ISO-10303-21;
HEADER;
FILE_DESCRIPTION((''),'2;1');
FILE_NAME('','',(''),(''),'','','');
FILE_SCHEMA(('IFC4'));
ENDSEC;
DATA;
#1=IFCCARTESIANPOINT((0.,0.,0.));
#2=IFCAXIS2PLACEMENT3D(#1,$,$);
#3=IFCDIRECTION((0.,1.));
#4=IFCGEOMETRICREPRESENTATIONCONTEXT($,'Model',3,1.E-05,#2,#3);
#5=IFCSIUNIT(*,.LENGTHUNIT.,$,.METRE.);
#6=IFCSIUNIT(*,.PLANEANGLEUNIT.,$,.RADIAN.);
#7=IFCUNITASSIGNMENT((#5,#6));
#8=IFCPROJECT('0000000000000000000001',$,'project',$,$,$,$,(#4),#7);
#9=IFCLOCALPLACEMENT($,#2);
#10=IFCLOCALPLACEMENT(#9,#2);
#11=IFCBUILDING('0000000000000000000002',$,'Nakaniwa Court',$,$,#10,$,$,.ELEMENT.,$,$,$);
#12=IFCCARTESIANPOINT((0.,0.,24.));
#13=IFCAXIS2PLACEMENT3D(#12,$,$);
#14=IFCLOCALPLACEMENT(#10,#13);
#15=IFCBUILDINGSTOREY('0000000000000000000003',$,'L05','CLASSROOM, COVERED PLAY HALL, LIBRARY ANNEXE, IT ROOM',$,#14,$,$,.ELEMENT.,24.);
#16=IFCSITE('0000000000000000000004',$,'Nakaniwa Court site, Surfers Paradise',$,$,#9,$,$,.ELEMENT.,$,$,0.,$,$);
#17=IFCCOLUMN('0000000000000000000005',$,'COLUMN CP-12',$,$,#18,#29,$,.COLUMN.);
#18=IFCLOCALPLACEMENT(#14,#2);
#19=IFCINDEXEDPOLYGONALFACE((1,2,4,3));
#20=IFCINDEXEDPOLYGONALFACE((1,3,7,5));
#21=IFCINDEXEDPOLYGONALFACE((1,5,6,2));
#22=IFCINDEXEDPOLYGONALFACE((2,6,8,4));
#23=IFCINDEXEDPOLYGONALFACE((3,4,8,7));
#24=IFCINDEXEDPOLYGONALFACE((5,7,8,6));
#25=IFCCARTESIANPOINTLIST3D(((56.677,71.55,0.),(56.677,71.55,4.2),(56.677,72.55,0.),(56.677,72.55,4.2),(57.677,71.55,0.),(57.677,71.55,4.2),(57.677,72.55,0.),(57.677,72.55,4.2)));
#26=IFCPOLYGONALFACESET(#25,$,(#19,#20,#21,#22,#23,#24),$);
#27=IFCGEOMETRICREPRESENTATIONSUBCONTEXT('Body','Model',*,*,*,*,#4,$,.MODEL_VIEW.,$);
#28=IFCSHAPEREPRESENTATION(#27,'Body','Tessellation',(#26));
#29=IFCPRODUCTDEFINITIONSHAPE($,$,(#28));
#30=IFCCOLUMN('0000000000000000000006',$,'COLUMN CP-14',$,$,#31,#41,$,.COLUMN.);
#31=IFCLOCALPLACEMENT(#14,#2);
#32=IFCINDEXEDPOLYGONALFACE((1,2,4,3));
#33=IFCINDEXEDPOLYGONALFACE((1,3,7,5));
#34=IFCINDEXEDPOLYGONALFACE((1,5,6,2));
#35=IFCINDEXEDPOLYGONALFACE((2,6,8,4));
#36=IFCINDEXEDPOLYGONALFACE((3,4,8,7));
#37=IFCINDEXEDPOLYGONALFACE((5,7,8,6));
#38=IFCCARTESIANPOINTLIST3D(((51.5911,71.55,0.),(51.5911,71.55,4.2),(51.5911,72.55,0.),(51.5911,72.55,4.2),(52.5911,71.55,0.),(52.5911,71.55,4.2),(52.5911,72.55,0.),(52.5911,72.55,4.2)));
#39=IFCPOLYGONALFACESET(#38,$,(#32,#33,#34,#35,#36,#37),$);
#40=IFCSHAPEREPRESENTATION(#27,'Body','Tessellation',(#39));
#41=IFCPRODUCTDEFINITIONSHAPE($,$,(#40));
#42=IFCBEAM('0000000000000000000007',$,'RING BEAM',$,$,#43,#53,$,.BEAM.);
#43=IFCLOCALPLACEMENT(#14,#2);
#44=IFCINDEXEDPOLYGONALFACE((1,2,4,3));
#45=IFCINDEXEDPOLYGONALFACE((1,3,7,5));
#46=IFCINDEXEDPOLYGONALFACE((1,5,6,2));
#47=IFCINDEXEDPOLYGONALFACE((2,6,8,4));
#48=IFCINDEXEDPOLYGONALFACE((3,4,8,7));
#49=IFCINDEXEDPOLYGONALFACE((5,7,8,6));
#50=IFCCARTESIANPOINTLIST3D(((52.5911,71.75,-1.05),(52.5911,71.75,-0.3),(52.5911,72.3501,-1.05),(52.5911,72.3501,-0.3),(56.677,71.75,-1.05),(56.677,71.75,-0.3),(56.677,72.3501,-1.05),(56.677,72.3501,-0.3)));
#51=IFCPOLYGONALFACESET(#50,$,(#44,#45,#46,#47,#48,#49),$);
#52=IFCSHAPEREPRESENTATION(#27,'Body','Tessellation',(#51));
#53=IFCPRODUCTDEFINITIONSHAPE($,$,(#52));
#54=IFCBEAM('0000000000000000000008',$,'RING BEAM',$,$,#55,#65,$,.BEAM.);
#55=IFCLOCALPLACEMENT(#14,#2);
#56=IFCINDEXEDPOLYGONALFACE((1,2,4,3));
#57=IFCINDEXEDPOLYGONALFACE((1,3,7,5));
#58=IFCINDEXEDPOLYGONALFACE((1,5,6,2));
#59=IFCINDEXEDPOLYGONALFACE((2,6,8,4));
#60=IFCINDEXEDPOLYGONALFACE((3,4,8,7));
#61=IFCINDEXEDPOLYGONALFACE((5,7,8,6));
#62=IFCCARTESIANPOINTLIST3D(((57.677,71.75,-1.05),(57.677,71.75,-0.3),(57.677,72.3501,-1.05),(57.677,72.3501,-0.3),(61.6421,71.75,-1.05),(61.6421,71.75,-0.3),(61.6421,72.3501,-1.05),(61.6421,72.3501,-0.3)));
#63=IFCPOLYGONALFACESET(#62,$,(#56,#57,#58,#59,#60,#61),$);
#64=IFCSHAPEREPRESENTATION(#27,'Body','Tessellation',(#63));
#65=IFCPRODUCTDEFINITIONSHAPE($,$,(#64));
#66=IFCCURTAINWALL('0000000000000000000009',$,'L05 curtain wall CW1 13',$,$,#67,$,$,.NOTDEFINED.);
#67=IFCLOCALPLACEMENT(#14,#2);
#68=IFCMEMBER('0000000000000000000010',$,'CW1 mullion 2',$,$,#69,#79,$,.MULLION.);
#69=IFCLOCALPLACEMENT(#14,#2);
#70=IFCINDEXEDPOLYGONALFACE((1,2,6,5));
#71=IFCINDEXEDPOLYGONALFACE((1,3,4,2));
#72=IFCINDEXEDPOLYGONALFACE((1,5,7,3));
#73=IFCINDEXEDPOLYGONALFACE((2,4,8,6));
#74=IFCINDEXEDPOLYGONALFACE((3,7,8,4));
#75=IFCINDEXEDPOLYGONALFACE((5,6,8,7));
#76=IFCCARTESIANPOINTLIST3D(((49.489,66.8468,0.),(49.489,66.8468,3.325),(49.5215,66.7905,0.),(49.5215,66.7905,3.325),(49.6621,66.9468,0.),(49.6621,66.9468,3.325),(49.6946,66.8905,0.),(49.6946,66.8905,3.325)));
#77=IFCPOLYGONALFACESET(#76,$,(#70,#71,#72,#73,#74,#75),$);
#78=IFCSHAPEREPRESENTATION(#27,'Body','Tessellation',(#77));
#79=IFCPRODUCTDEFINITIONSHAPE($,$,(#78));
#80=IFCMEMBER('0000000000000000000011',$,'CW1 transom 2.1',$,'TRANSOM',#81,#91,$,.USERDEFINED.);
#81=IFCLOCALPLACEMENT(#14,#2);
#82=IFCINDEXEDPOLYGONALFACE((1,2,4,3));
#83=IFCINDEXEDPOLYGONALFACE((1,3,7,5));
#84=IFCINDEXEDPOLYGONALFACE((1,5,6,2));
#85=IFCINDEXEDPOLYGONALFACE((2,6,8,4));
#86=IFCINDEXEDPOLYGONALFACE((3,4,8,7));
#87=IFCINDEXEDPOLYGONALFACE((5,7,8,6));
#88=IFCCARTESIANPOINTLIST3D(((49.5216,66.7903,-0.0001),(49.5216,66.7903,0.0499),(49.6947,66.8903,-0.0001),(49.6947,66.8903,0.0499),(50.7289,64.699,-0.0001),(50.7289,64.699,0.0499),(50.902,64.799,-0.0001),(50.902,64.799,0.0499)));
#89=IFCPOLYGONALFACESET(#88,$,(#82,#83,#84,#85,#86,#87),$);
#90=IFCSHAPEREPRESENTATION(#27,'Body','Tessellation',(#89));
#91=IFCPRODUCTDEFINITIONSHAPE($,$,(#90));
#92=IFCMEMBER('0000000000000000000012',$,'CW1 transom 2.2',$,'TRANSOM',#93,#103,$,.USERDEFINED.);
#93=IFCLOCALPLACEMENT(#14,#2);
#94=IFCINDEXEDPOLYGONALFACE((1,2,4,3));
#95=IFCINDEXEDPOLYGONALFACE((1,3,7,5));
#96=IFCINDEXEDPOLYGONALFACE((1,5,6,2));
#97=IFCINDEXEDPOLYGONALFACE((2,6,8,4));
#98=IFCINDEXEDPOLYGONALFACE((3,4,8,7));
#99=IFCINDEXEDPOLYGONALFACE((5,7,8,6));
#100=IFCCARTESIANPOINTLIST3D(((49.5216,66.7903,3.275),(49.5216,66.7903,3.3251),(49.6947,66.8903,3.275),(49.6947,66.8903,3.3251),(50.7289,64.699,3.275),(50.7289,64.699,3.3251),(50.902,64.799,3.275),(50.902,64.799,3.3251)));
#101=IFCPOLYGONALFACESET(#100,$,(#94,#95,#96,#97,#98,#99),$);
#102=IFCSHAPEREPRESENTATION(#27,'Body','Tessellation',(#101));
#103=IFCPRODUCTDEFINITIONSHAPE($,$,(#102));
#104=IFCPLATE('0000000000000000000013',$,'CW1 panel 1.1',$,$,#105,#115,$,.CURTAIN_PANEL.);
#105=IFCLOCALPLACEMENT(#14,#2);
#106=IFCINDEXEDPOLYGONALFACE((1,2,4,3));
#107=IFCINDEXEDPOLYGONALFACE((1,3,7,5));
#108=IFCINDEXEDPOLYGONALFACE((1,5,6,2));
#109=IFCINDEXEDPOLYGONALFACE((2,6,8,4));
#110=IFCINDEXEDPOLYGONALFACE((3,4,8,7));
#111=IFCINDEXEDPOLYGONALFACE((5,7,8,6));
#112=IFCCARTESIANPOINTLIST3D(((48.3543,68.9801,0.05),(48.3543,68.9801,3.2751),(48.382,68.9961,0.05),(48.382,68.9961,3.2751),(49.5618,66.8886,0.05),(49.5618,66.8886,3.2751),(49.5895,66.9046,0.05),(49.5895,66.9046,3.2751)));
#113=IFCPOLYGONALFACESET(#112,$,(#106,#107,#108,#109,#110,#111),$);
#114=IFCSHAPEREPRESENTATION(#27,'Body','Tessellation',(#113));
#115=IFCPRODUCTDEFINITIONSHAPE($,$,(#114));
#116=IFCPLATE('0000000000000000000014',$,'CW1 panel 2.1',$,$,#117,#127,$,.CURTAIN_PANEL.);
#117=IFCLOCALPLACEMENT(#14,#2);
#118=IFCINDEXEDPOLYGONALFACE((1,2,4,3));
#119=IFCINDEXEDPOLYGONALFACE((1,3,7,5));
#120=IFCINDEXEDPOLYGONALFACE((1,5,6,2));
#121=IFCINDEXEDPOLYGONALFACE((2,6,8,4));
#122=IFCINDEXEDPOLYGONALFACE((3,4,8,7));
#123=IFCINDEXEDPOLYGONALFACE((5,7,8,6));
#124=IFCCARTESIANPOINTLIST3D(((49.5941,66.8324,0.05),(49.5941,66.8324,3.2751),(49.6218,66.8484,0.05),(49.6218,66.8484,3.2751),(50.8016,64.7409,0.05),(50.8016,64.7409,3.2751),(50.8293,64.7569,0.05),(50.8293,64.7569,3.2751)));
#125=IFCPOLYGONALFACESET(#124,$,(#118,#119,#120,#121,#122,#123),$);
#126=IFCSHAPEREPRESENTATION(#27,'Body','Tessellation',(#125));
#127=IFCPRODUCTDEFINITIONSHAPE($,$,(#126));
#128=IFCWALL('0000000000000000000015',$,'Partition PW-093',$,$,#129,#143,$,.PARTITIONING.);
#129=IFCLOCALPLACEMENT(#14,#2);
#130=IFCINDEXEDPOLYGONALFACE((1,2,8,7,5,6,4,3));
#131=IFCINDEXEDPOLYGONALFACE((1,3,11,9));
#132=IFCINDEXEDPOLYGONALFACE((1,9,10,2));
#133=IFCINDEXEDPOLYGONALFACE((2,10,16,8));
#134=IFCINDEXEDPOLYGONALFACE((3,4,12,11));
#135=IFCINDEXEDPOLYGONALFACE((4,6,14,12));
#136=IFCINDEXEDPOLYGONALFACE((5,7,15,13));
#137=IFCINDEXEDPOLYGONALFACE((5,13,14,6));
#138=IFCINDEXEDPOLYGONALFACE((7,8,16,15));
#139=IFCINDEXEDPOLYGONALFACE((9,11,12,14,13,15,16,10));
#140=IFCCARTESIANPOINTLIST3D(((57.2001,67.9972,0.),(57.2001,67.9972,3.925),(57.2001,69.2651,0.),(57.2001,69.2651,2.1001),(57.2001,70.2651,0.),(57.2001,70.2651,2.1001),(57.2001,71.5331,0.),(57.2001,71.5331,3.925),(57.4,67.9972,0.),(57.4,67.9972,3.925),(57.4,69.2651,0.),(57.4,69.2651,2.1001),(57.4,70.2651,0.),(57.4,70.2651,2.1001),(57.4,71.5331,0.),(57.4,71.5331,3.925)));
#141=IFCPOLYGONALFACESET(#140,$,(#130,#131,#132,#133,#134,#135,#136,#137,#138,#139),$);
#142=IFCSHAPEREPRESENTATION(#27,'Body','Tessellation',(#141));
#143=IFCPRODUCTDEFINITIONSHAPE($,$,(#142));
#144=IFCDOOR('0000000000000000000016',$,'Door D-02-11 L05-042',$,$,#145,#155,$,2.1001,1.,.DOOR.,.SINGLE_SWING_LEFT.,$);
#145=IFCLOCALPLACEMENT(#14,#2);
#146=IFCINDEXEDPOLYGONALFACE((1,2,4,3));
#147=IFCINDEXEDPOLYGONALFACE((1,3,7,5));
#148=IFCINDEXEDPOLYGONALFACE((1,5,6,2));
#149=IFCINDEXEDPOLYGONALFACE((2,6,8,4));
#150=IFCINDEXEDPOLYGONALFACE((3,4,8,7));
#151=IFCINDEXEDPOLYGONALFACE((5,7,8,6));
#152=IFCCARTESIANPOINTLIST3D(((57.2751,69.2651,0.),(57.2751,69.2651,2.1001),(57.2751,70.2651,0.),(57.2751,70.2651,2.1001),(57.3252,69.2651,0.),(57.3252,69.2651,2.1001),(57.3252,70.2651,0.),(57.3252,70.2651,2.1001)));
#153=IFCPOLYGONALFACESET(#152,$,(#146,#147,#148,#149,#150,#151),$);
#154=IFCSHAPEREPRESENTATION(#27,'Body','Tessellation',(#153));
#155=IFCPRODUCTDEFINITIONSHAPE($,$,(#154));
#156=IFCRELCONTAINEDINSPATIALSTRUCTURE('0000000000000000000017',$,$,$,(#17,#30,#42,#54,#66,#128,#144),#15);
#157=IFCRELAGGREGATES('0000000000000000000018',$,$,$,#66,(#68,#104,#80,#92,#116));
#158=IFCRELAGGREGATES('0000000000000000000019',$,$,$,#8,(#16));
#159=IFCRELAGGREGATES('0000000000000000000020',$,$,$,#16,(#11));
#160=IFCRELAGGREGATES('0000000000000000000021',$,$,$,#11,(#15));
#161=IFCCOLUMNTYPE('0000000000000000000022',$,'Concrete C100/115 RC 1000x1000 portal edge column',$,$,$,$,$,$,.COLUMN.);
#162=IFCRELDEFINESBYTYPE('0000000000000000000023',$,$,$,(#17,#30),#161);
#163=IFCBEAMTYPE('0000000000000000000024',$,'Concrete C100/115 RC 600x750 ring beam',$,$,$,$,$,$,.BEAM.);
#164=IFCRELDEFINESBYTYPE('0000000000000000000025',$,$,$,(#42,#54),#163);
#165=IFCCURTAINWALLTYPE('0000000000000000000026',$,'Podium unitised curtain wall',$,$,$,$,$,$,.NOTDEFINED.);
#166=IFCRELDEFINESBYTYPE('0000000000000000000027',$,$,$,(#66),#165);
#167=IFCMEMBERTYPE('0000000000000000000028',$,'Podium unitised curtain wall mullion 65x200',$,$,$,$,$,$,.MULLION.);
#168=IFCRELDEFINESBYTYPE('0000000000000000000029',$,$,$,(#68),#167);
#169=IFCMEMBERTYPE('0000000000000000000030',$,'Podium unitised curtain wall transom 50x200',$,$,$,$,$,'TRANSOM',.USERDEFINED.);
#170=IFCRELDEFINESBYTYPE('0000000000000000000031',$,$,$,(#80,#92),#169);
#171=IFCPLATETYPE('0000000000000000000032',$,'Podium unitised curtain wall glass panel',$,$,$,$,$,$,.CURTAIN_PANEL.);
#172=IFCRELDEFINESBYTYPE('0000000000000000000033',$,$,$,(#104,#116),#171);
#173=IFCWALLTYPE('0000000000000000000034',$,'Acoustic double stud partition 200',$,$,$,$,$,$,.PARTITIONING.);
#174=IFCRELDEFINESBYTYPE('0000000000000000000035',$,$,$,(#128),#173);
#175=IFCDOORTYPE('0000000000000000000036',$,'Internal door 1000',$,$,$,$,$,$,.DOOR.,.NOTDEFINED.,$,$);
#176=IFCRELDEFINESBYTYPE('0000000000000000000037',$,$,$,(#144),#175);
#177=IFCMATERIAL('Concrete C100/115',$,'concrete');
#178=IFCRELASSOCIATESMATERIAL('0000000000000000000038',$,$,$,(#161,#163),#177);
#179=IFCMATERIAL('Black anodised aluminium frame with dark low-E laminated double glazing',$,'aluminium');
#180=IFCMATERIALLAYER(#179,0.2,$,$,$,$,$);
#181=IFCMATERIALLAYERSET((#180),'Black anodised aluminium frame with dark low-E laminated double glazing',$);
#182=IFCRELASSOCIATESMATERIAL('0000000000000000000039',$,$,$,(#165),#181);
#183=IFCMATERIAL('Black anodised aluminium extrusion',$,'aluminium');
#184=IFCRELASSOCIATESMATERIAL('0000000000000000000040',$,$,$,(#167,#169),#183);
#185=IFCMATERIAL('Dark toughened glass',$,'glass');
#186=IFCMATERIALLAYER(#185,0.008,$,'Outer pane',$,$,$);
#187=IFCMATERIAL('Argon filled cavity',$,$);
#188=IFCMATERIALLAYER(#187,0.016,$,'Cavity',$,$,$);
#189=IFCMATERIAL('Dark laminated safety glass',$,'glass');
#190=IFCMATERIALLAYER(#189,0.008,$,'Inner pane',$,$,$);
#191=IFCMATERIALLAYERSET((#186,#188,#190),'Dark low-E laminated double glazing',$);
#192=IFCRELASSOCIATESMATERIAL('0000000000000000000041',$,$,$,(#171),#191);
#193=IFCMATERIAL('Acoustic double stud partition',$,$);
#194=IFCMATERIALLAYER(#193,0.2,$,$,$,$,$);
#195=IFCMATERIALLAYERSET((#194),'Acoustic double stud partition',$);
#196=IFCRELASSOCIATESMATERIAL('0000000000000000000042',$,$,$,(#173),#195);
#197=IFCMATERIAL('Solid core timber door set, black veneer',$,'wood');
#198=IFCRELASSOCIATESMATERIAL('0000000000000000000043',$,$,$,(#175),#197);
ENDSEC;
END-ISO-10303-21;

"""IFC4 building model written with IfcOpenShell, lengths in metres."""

from ifc_helpers import new_model, si_unit, direction, frame, frame_2d, origin, origin_2d, place, context, subcontext, project, spatial, rectangle, extrude, material, layer, layer_set, material_profile, profile_set, type_object, element, fill, aggregate, save


model = new_model("IFC4")

# Units and contexts
model_context = context("Model", 3, precision=1e-05, world=origin(), true_north=direction((0.0, 1.0)))
body_context = subcontext(model_context, "Body", "Model", "MODEL_VIEW")
ifc_project = project(units=[si_unit("LENGTHUNIT", "METRE"), si_unit("PLANEANGLEUNIT", "RADIAN")], contexts=[model_context])

# Site, building, storey
site_placement = place(None, origin())
site = spatial("IfcSite", under=ifc_project, at=site_placement, Name="Nakaniwa Court site, Surfers Paradise", CompositionType="ELEMENT", RefElevation=0.0)
building_placement = place(site_placement, origin())
building = spatial("IfcBuilding", under=site, at=building_placement, Name="Nakaniwa Court", CompositionType="ELEMENT")
storey_placement = place(building_placement, frame((0.0, 0.0, 24.0)))
storey = spatial("IfcBuildingStorey", under=building, at=storey_placement, Name="L05", Description="CLASSROOM, COVERED PLAY HALL, LIBRARY ANNEXE, IT ROOM", CompositionType="ELEMENT", Elevation=24.0)

# Columns
ifc_material_1 = material(Name="Concrete C100/115", Category="concrete")
ifc_material_profile_1 = material_profile(ifc_material_1, rectangle(XDim=1.0, YDim=1.0, at=origin_2d()), Name="Concrete C100/115 RC 1000x1000 portal edge column")
ifc_profile_set_1 = profile_set([ifc_material_profile_1], Name="Concrete C100/115")
column_type = type_object("IfcColumnType", Name="Concrete C100/115 RC 1000x1000 portal edge column", PredefinedType="COLUMN", material=ifc_profile_set_1)
for number, where, z_axis, x_axis, name in (
    (1, (57.177, 72.05, 0.0), (0.0, 0.0, 1.0), (1.0, 0.0, 0.0), "COLUMN CP-12"),
    (2, (52.0911, 72.05, 0.0), (0.0, 0.0, 1.0), (1.0, 0.0, 0.0), "COLUMN CP-14"),
):
    element("IfcColumn", number, at=place(storey_placement, frame(where, z_axis=z_axis, x_axis=x_axis)), inside=storey, type_object=column_type, Name=name, PredefinedType="COLUMN", context=body_context, shape_type="SweptSolid", body=[
        extrude(rectangle(XDim=1.0, YDim=1.0, at=origin_2d()), origin(), (0.0, 0.0, 1.0), 4.2),
    ])

# Beams
ifc_material_profile_2 = material_profile(ifc_material_1, rectangle(XDim=0.6001, YDim=0.75, at=origin_2d()), Name="Concrete C100/115 RC 600x750 ring beam")
ifc_profile_set_2 = profile_set([ifc_material_profile_2], Name="Concrete C100/115")
beam_type = type_object("IfcBeamType", Name="Concrete C100/115 RC 600x750 ring beam", PredefinedType="BEAM", material=ifc_profile_set_2)
beam_1_placement = place(storey_placement, frame((52.5911, 72.05, -0.675), z_axis=(1.0, 0.0, 0.0), x_axis=(0.0, 1.0, 0.0)))
element("IfcBeam", 3, at=beam_1_placement, inside=storey, type_object=beam_type, Name="RING BEAM", PredefinedType="BEAM", context=body_context, shape_type="SweptSolid", body=[
    extrude(rectangle(XDim=0.6001, YDim=0.75, at=origin_2d()), origin(), (0.0, 0.0, 1.0), 4.0859),
])
beam_2_placement = place(storey_placement, frame((57.677, 72.05, -0.675), z_axis=(1.0, 0.0, 0.0), x_axis=(0.0, 1.0, 0.0)))
element("IfcBeam", 4, at=beam_2_placement, inside=storey, type_object=beam_type, Name="RING BEAM", PredefinedType="BEAM", context=body_context, shape_type="SweptSolid", body=[
    extrude(rectangle(XDim=0.6001, YDim=0.75, at=origin_2d()), origin(), (0.0, 0.0, 1.0), 3.9651),
])

# Curtain wall, members, plates
ifc_material_2 = material(Name="Black anodised aluminium frame with dark low-E laminated double glazing", Category="aluminium")
ifc_layer_1 = layer(ifc_material_2, 0.2)
ifc_layer_set_1 = layer_set([ifc_layer_1], Name="Black anodised aluminium frame with dark low-E laminated double glazing")
curtain_wall_type = type_object("IfcCurtainWallType", Name="Podium unitised curtain wall", PredefinedType="NOTDEFINED", material=ifc_layer_set_1)
curtain_wall_placement = place(storey_placement, origin())
curtain_wall = element("IfcCurtainWall", 5, at=curtain_wall_placement, inside=storey, type_object=curtain_wall_type, Name="L05 curtain wall CW1 13", PredefinedType="NOTDEFINED")
ifc_material_3 = material(Name="Black anodised aluminium extrusion", Category="aluminium")
ifc_material_profile_3 = material_profile(ifc_material_3, rectangle(XDim=0.2, YDim=0.0649, at=origin_2d()), Name="Podium unitised curtain wall mullion 65x200")
ifc_profile_set_3 = profile_set([ifc_material_profile_3], Name="Black anodised aluminium extrusion")
member_type_1 = type_object("IfcMemberType", Name="Podium unitised curtain wall mullion 65x200", PredefinedType="MULLION", material=ifc_profile_set_3)
member_1_placement = place(storey_placement, frame((49.5918, 66.8687, 0.0), z_axis=(0.0, 0.0, 1.0), x_axis=(0.86603, 0.499992, 0.0)))
member_1 = element("IfcMember", 6, at=member_1_placement, type_object=member_type_1, Name="CW1 mullion 2", PredefinedType="MULLION", context=body_context, shape_type="SweptSolid", body=[
    extrude(rectangle(XDim=0.2, YDim=0.0649, at=origin_2d()), origin(), (0.0, 0.0, 1.0), 3.325),
])
ifc_material_profile_4 = material_profile(ifc_material_3, rectangle(XDim=0.2, YDim=0.05, at=origin_2d()), Name="Podium unitised curtain wall transom 50x200")
ifc_profile_set_4 = profile_set([ifc_material_profile_4], Name="Black anodised aluminium extrusion")
member_type_2 = type_object("IfcMemberType", Name="Podium unitised curtain wall transom 50x200", ElementType="TRANSOM", PredefinedType="USERDEFINED", material=ifc_profile_set_4)
member_2_placement = place(storey_placement, frame((49.6082, 66.8403, 0.0249), z_axis=(0.499956, -0.866051, 0.0), x_axis=(0.866051, 0.499956, 0.0)))
member_2 = element("IfcMember", 7, at=member_2_placement, type_object=member_type_2, Name="CW1 transom 2.1", ObjectType="TRANSOM", PredefinedType="USERDEFINED", context=body_context, shape_type="SweptSolid", body=[
    extrude(rectangle(XDim=0.2, YDim=0.05, at=origin_2d()), origin(), (0.0, 0.0, 1.0), 2.4148),
])
member_3_placement = place(storey_placement, frame((49.6082, 66.8403, 3.3), z_axis=(0.499956, -0.866051, 0.0), x_axis=(0.866051, 0.499956, 0.0)))
member_3 = element("IfcMember", 8, at=member_3_placement, type_object=member_type_2, Name="CW1 transom 2.2", ObjectType="TRANSOM", PredefinedType="USERDEFINED", context=body_context, shape_type="SweptSolid", body=[
    extrude(rectangle(XDim=0.2, YDim=0.05, at=origin_2d()), origin(), (0.0, 0.0, 1.0), 2.4148),
])
ifc_material_4 = material(Name="Dark toughened glass", Category="glass")
ifc_layer_2 = layer(ifc_material_4, 0.008, Name="Outer pane")
ifc_material_5 = material(Name="Argon filled cavity")
ifc_layer_3 = layer(ifc_material_5, 0.016, Name="Cavity")
ifc_material_6 = material(Name="Dark laminated safety glass", Category="glass")
ifc_layer_4 = layer(ifc_material_6, 0.008, Name="Inner pane")
ifc_layer_set_2 = layer_set([ifc_layer_2, ifc_layer_3, ifc_layer_4], Name="Dark low-E laminated double glazing")
plate_type = type_object("IfcPlateType", Name="Podium unitised curtain wall glass panel", PredefinedType="CURTAIN_PANEL", material=ifc_layer_set_2)
plate_1_placement = place(storey_placement, frame((48.9719, 67.9424, 0.05), z_axis=(0.0, 0.0, 1.0), x_axis=(0.499992, -0.86603, 0.0)))
plate_1 = element("IfcPlate", 9, at=plate_1_placement, type_object=plate_type, Name="CW1 panel 1.1", PredefinedType="CURTAIN_PANEL", context=body_context, shape_type="SweptSolid", body=[
    extrude(rectangle(XDim=2.415, YDim=0.032, at=origin_2d()), origin(), (0.0, 0.0, 1.0), 3.2251),
])
plate_2_placement = place(storey_placement, frame((50.2117, 65.7947, 0.05), z_axis=(0.0, 0.0, 1.0), x_axis=(0.499992, -0.86603, 0.0)))
plate_2 = element("IfcPlate", 10, at=plate_2_placement, type_object=plate_type, Name="CW1 panel 2.1", PredefinedType="CURTAIN_PANEL", context=body_context, shape_type="SweptSolid", body=[
    extrude(rectangle(XDim=2.415, YDim=0.032, at=origin_2d()), origin(), (0.0, 0.0, 1.0), 3.2251),
])
aggregate(curtain_wall, [member_1, plate_1, member_2, member_3, plate_2])

# Wall, opening, door
ifc_material_7 = material(Name="Acoustic double stud partition")
ifc_layer_5 = layer(ifc_material_7, 0.2)
ifc_layer_set_3 = layer_set([ifc_layer_5], Name="Acoustic double stud partition")
wall_type_1 = type_object("IfcWallType", Name="Acoustic double stud partition 200", PredefinedType="PARTITIONING", material=ifc_layer_set_3)
wall_1_placement = place(storey_placement, frame((57.3, 67.9971, 0.0), z_axis=(0.0, 0.0, 1.0), x_axis=(0.0, 1.0, 0.0)))
wall_1 = element("IfcWall", 11, at=wall_1_placement, inside=storey, type_object=wall_type_1, Name="Partition PW-093", PredefinedType="PARTITIONING", context=body_context, shape_type="SweptSolid", body=[
    extrude(rectangle(XDim=3.5359, YDim=0.2, at=frame_2d((1.7681, 0.0))), origin(), (0.0, 0.0, 1.0), 3.925),
])
opening_1_placement = place(wall_1_placement, frame((1.2681, 0.0, 0.0)))
opening_1 = element("IfcOpeningElement", 12, at=opening_1_placement, cuts=wall_1, PredefinedType="OPENING", context=body_context, shape_type="SweptSolid", body=[
    extrude(rectangle(XDim=1.0, YDim=2.1001, at=frame_2d((0.5, 1.05))), frame((0.0, 0.1099, 0.0), z_axis=(0.0, -1.0, 0.0), x_axis=(1.0, 0.0, 0.0)), (0.0, 0.0, 1.0), 0.22),
])
ifc_material_8 = material(Name="Solid core timber door set, black veneer", Category="wood")
door_type_1 = type_object("IfcDoorType", Name="Internal door 1000", OperationType="NOTDEFINED", PredefinedType="DOOR", material=ifc_material_8)
door_1_placement = place(opening_1_placement, origin())
door_1 = element("IfcDoor", 13, at=door_1_placement, inside=storey, type_object=door_type_1, Name="Door D-02-11 L05-042", OperationType="SINGLE_SWING_LEFT", OverallHeight=2.1001, OverallWidth=1.0, PredefinedType="DOOR", context=body_context, shape_type="SweptSolid", body=[
    extrude(rectangle(XDim=1.0, YDim=2.1001, at=frame_2d((0.5, 1.05))), frame((0.0, 0.0249, 0.0), z_axis=(0.0, -1.0, 0.0), x_axis=(1.0, 0.0, 0.0)), (0.0, 0.0, 1.0), 0.05),
])
fill(opening_1, door_1)

save(model, "model.ifc")
